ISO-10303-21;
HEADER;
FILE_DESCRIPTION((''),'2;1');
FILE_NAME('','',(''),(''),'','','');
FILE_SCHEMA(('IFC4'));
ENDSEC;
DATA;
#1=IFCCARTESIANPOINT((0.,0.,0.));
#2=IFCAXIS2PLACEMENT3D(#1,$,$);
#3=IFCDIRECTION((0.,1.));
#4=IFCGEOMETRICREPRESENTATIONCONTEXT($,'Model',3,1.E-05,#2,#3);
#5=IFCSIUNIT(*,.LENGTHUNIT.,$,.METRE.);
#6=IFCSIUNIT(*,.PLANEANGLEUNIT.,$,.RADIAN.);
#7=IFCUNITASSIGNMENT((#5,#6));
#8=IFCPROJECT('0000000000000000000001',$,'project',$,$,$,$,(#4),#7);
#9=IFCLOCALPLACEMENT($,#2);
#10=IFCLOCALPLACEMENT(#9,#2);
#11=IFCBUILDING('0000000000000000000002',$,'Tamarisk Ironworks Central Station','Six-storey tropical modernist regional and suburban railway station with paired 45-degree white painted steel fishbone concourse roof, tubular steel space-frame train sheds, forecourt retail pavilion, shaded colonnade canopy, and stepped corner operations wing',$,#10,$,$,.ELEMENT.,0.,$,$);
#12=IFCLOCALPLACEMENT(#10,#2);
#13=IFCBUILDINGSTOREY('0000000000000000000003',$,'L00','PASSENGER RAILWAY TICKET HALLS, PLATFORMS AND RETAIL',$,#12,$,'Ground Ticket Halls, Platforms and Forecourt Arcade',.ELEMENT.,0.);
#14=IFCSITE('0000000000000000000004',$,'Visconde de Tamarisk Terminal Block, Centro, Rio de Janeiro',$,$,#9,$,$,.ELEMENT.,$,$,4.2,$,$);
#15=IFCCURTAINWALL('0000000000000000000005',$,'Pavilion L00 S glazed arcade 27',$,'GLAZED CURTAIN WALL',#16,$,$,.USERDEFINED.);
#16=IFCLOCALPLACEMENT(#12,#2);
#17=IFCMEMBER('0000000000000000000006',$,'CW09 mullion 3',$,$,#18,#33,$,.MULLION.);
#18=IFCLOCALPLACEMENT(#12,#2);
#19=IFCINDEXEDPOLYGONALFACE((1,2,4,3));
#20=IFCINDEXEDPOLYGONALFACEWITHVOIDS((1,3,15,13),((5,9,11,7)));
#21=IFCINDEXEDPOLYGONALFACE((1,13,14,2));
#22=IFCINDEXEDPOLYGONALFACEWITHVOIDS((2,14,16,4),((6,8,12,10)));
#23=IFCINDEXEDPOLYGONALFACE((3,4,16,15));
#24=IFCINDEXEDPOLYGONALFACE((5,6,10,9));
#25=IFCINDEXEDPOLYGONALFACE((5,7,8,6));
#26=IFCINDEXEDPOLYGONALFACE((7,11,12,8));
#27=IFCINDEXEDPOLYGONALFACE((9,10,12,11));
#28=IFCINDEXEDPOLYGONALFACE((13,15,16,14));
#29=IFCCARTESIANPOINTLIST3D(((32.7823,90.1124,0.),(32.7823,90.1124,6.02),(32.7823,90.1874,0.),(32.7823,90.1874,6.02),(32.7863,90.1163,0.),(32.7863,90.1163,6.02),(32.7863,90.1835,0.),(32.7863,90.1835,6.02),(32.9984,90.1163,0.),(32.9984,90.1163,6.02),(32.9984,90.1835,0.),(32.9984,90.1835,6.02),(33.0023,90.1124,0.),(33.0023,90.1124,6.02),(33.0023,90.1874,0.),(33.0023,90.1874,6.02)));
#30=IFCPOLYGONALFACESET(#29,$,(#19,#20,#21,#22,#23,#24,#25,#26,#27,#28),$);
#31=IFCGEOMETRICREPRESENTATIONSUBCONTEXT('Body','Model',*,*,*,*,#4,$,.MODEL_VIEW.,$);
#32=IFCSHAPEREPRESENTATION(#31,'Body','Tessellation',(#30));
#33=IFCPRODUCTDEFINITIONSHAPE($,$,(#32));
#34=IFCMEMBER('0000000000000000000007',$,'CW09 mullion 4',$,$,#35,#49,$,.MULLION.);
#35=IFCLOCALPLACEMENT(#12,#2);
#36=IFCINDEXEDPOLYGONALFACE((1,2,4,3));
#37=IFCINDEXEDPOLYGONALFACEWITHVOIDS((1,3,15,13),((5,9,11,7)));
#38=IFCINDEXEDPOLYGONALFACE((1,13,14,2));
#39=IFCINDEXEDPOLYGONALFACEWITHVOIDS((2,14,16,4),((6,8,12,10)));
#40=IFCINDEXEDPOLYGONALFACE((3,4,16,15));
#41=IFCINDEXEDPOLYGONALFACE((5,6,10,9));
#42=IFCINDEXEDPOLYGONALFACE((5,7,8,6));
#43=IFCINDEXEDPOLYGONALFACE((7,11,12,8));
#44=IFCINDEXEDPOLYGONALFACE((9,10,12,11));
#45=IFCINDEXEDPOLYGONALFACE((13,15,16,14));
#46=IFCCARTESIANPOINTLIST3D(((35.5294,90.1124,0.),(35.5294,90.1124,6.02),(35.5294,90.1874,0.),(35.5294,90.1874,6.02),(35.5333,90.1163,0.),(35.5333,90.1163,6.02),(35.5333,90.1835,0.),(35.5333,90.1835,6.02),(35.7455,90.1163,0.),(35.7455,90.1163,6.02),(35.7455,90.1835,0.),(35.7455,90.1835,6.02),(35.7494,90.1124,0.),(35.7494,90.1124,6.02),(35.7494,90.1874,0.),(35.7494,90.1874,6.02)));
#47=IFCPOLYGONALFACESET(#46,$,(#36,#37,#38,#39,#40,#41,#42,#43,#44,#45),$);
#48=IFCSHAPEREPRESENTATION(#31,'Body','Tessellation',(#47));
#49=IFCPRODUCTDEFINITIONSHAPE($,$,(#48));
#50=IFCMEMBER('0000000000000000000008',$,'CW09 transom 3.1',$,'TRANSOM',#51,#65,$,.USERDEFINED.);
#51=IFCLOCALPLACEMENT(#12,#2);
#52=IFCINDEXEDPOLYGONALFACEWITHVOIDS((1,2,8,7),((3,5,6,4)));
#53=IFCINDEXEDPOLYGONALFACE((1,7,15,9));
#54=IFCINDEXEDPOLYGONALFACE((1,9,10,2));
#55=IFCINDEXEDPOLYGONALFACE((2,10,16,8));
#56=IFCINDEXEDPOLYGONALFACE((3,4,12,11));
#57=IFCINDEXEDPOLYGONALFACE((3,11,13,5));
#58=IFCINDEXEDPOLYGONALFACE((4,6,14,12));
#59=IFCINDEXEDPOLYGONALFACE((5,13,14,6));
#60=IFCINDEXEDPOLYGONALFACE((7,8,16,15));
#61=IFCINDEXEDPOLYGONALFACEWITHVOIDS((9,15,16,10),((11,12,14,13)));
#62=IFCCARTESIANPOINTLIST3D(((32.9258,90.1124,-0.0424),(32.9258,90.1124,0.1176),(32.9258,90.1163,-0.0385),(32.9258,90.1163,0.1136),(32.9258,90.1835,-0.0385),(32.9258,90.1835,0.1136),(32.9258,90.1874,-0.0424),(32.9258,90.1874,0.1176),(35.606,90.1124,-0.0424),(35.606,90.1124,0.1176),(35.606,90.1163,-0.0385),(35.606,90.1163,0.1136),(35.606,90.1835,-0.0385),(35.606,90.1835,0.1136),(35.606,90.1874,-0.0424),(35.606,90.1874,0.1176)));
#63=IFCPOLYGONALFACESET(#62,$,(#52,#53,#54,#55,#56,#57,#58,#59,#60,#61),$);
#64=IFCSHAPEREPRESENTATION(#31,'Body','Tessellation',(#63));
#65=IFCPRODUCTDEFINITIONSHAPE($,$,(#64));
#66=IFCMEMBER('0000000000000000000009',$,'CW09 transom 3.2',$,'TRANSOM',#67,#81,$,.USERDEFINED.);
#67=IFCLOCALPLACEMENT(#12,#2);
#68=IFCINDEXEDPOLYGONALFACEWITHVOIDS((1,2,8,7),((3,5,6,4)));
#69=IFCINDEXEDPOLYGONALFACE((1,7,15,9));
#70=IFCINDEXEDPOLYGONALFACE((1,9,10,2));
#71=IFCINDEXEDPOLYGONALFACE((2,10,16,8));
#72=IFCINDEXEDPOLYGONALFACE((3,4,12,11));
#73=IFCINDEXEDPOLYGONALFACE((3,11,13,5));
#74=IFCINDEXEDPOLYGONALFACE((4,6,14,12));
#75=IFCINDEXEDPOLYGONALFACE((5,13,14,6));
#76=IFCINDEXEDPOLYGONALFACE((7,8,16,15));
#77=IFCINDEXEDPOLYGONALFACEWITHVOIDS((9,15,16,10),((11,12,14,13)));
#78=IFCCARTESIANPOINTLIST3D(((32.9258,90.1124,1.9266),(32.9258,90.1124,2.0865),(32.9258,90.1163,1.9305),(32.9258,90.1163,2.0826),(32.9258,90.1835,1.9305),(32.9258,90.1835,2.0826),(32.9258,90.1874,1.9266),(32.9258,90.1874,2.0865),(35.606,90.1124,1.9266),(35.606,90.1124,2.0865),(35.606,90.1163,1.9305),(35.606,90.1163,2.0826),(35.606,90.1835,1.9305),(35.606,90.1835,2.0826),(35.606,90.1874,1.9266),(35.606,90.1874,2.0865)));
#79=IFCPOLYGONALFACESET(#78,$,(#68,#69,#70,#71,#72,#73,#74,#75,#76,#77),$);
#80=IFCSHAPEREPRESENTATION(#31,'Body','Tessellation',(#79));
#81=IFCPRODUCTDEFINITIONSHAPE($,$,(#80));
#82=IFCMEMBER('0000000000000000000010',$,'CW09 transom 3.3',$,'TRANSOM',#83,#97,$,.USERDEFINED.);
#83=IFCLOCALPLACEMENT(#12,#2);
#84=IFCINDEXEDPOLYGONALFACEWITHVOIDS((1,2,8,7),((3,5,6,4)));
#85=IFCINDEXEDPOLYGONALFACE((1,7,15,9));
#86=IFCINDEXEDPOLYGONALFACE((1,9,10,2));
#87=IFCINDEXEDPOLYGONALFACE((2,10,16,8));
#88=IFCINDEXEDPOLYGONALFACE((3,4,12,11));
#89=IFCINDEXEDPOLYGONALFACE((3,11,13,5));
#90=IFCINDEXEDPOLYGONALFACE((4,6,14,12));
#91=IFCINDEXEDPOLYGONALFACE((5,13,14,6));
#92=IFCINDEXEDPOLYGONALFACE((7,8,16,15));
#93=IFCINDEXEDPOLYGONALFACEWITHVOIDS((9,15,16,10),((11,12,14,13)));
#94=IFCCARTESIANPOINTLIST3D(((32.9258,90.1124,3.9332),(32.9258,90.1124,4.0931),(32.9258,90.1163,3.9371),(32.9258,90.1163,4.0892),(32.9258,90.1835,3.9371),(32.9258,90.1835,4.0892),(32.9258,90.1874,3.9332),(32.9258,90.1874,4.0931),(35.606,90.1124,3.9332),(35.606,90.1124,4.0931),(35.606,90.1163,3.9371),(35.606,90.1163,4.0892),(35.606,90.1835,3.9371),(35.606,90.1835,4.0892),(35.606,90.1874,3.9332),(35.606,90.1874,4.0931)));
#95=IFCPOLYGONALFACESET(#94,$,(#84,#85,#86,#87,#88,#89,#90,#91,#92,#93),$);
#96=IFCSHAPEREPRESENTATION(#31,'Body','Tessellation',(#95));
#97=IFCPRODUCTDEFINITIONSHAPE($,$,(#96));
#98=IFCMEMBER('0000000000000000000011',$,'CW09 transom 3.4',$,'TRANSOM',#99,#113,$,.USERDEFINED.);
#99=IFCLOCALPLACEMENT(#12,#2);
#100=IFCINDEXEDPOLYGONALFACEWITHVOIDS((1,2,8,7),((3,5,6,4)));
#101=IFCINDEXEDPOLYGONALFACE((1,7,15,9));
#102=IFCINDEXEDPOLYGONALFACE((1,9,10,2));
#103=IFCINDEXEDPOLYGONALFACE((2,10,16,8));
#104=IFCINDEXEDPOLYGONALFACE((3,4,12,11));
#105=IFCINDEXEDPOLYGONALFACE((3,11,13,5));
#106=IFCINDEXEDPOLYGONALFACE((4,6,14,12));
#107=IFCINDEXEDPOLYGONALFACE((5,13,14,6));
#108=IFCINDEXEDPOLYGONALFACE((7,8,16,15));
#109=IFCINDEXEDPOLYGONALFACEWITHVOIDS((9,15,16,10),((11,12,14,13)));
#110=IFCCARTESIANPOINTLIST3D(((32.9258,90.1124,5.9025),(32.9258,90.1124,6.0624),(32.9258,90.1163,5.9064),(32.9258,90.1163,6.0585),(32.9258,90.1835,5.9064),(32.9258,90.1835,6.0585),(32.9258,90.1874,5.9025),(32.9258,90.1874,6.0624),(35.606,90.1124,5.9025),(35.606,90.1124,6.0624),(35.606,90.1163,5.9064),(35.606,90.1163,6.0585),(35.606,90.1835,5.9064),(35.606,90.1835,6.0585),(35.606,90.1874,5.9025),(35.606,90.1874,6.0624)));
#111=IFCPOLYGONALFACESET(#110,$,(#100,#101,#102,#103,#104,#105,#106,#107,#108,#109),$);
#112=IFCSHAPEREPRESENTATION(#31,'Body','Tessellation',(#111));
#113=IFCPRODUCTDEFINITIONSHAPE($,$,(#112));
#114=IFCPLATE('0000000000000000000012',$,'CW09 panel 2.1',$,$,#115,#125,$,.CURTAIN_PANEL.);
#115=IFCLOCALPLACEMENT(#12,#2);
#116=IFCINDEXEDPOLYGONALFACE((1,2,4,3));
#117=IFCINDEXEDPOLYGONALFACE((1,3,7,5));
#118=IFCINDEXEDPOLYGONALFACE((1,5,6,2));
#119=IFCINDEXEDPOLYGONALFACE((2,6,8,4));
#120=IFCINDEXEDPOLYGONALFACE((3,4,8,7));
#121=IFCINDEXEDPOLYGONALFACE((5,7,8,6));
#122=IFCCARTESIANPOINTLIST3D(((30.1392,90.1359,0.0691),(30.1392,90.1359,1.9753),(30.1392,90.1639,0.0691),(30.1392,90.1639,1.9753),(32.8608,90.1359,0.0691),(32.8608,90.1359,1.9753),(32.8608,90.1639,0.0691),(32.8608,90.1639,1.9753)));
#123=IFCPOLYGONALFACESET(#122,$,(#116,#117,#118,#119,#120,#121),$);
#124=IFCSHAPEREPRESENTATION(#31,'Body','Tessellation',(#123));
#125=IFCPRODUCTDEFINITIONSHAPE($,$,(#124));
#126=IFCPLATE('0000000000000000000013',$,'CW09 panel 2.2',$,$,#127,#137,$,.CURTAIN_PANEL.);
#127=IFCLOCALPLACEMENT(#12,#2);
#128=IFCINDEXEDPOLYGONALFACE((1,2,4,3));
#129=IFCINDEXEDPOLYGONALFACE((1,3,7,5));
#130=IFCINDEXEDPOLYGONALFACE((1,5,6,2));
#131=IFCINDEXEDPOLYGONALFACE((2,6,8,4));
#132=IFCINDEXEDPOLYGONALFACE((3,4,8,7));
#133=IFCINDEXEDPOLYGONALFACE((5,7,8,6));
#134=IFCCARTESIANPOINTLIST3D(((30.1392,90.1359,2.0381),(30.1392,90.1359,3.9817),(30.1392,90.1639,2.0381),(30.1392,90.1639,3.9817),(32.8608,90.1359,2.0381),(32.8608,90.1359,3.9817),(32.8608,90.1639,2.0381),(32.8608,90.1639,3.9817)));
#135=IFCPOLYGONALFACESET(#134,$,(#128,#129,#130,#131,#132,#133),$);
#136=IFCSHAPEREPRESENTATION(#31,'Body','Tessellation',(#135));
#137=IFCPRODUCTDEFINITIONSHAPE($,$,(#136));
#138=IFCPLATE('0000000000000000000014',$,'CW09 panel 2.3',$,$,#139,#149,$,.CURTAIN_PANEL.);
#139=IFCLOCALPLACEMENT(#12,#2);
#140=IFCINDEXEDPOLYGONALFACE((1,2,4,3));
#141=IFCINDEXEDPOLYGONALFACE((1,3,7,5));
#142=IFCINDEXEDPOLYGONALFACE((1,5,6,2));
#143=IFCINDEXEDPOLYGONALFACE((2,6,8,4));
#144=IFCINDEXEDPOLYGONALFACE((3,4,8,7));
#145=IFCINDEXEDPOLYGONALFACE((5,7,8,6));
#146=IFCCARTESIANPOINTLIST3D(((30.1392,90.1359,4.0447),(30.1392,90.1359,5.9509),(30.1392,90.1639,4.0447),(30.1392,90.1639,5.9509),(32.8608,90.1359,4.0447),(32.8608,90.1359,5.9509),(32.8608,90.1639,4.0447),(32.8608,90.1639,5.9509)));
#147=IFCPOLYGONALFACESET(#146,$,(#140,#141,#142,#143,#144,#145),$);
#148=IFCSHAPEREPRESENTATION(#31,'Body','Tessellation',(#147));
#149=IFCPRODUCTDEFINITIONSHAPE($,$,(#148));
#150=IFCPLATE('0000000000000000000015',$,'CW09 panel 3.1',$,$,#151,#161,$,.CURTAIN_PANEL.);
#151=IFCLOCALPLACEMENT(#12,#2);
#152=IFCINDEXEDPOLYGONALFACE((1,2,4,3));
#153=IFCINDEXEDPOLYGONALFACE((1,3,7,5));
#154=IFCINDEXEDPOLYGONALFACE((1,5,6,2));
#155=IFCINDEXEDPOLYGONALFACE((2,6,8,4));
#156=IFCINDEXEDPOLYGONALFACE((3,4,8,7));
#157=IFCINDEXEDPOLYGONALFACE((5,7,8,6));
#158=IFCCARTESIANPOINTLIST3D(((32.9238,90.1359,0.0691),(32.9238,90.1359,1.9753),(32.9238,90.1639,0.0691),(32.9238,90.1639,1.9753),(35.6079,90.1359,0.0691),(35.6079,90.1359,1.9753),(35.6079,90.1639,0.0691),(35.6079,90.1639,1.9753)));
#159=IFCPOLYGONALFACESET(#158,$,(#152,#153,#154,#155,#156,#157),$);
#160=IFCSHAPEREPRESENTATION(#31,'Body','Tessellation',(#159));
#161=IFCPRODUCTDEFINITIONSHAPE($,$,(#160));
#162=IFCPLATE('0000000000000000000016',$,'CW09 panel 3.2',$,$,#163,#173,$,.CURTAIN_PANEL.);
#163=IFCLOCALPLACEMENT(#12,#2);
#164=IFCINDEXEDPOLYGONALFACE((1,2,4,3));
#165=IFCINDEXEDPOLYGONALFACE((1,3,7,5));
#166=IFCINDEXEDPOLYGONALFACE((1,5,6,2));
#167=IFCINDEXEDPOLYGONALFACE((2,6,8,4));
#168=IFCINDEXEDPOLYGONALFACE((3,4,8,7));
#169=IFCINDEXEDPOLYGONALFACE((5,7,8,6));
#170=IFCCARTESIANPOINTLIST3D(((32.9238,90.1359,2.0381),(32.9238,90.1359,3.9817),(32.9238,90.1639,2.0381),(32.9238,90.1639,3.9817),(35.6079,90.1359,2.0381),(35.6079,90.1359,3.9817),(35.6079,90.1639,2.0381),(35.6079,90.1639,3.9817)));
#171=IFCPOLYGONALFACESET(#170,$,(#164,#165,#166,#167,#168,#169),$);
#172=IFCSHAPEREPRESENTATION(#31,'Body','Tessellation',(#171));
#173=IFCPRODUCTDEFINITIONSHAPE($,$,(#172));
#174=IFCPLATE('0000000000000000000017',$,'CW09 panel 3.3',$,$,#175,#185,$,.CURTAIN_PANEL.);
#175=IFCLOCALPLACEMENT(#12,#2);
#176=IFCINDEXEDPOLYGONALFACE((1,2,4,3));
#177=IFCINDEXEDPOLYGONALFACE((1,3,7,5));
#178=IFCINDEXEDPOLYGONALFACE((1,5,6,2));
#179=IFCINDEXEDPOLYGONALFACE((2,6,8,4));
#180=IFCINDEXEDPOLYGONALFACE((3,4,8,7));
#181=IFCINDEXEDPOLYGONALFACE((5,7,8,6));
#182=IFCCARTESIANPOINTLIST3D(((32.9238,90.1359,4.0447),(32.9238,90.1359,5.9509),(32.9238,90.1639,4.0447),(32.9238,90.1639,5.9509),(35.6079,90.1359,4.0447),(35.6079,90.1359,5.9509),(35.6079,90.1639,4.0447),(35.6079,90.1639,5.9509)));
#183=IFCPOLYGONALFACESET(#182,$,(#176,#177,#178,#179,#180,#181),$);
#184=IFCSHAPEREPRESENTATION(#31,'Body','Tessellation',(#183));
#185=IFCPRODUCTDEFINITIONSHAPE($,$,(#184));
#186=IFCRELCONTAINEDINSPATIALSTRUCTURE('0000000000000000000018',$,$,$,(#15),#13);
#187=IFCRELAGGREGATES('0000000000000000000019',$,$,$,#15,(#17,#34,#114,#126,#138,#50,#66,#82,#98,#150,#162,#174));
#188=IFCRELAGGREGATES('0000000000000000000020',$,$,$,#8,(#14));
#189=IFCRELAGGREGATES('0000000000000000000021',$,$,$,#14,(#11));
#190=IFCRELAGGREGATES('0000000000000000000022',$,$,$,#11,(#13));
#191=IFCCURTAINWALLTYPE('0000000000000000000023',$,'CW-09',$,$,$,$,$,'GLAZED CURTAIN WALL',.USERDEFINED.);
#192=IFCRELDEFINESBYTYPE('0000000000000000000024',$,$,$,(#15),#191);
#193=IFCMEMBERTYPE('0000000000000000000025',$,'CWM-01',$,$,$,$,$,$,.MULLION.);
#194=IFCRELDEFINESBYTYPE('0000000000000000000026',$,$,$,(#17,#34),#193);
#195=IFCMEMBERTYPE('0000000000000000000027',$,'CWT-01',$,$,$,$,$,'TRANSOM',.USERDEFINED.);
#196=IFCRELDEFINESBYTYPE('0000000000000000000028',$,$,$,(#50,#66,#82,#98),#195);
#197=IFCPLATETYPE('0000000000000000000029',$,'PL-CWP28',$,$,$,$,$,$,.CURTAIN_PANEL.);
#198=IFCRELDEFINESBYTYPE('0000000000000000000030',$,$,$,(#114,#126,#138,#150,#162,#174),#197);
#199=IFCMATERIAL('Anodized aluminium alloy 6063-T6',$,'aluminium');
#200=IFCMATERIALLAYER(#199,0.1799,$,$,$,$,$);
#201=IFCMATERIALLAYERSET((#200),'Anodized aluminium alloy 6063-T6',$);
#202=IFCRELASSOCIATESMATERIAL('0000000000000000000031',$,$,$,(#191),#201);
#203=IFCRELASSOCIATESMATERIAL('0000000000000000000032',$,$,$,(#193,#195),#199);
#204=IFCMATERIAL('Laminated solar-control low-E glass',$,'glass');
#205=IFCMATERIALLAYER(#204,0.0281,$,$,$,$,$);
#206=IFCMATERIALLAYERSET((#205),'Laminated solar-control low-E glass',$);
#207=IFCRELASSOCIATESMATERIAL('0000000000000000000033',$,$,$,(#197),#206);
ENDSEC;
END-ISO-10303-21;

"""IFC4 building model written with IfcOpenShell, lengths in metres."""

from ifc_helpers import new_model, si_unit, direction, frame, origin, origin_2d, place, context, subcontext, project, spatial, rectangle, hollow_rectangle, extrude, material, layer, layer_set, material_profile, profile_set, type_object, element, aggregate, save


model = new_model("IFC4")

# Units and contexts
model_context = context("Model", 3, precision=1e-05, world=origin(), true_north=direction((0.0, 1.0)))
body_context = subcontext(model_context, "Body", "Model", "MODEL_VIEW")
ifc_project = project(units=[si_unit("LENGTHUNIT", "METRE"), si_unit("PLANEANGLEUNIT", "RADIAN")], contexts=[model_context])

# Site, building, storey
site_placement = place(None, origin())
site = spatial("IfcSite", under=ifc_project, at=site_placement, Name="Visconde de Tamarisk Terminal Block, Centro, Rio de Janeiro", CompositionType="ELEMENT", RefElevation=4.2)
building_placement = place(site_placement, origin())
building = spatial("IfcBuilding", under=site, at=building_placement, Name="Tamarisk Ironworks Central Station", Description="Six-storey tropical modernist regional and suburban railway station with paired 45-degree white painted steel fishbone concourse roof, tubular steel space-frame train sheds, forecourt retail pavilion, shaded colonnade canopy, and stepped corner operations wing", CompositionType="ELEMENT", ElevationOfRefHeight=0.0)
storey_placement = place(building_placement, origin())
storey = spatial("IfcBuildingStorey", under=building, at=storey_placement, Name="L00", Description="PASSENGER RAILWAY TICKET HALLS, PLATFORMS AND RETAIL", LongName="Ground Ticket Halls, Platforms and Forecourt Arcade", CompositionType="ELEMENT", Elevation=0.0)

# Curtain wall, members, plates
ifc_material_1 = material(Name="Anodized aluminium alloy 6063-T6", Category="aluminium")
ifc_layer_1 = layer(ifc_material_1, 0.1799)
ifc_layer_set_1 = layer_set([ifc_layer_1], Name="Anodized aluminium alloy 6063-T6")
curtain_wall_type = type_object("IfcCurtainWallType", Name="CW-09", ElementType="GLAZED CURTAIN WALL", PredefinedType="USERDEFINED", material=ifc_layer_set_1)
curtain_wall_placement = place(storey_placement, origin())
curtain_wall = element("IfcCurtainWall", 1, at=curtain_wall_placement, inside=storey, type_object=curtain_wall_type, Name="Pavilion L00 S glazed arcade 27", ObjectType="GLAZED CURTAIN WALL", PredefinedType="USERDEFINED")
ifc_material_profile_1 = material_profile(ifc_material_1, hollow_rectangle(XDim=0.075, YDim=0.22, WallThickness=0.0039, at=origin_2d()), Name="ALUM 220x75")
ifc_profile_set_1 = profile_set([ifc_material_profile_1], Name="Anodized aluminium alloy 6063-T6")
member_type_1 = type_object("IfcMemberType", Name="CWM-01", PredefinedType="MULLION", material=ifc_profile_set_1)
member_1_placement = place(storey_placement, frame((32.8923, 90.1499, 0.0), z_axis=(0.0, 0.0, 1.0), x_axis=(0.0, 1.0, 0.0)))
member_1 = element("IfcMember", 2, at=member_1_placement, type_object=member_type_1, Name="CW09 mullion 3", PredefinedType="MULLION", context=body_context, shape_type="SweptSolid", body=[
    extrude(hollow_rectangle(XDim=0.075, YDim=0.22, WallThickness=0.0039, at=origin_2d()), origin(), (0.0, 0.0, 1.0), 6.02),
])
member_2_placement = place(storey_placement, frame((35.6394, 90.1499, 0.0), z_axis=(0.0, 0.0, 1.0), x_axis=(0.0, 1.0, 0.0)))
member_2 = element("IfcMember", 3, at=member_2_placement, type_object=member_type_1, Name="CW09 mullion 4", PredefinedType="MULLION", context=body_context, shape_type="SweptSolid", body=[
    extrude(hollow_rectangle(XDim=0.075, YDim=0.22, WallThickness=0.0039, at=origin_2d()), origin(), (0.0, 0.0, 1.0), 6.02),
])
ifc_material_profile_2 = material_profile(ifc_material_1, hollow_rectangle(XDim=0.075, YDim=0.1599, WallThickness=0.0039, at=origin_2d()), Name="ALUM 160x75")
ifc_profile_set_2 = profile_set([ifc_material_profile_2], Name="Anodized aluminium alloy 6063-T6")
member_type_2 = type_object("IfcMemberType", Name="CWT-01", ElementType="TRANSOM", PredefinedType="USERDEFINED", material=ifc_profile_set_2)
member_3_placement = place(storey_placement, frame((32.9258, 90.1499, 0.0376), z_axis=(1.0, 0.0, 0.0), x_axis=(0.0, 1.0, 0.0)))
member_3 = element("IfcMember", 4, at=member_3_placement, type_object=member_type_2, Name="CW09 transom 3.1", ObjectType="TRANSOM", PredefinedType="USERDEFINED", context=body_context, shape_type="SweptSolid", body=[
    extrude(hollow_rectangle(XDim=0.075, YDim=0.1599, WallThickness=0.0039, at=origin_2d()), origin(), (0.0, 0.0, 1.0), 2.6802),
])
member_4_placement = place(storey_placement, frame((32.9258, 90.1499, 2.0066), z_axis=(1.0, 0.0, 0.0), x_axis=(0.0, 1.0, 0.0)))
member_4 = element("IfcMember", 5, at=member_4_placement, type_object=member_type_2, Name="CW09 transom 3.2", ObjectType="TRANSOM", PredefinedType="USERDEFINED", context=body_context, shape_type="SweptSolid", body=[
    extrude(hollow_rectangle(XDim=0.075, YDim=0.1599, WallThickness=0.0039, at=origin_2d()), origin(), (0.0, 0.0, 1.0), 2.6802),
])
member_5_placement = place(storey_placement, frame((32.9258, 90.1499, 4.0132), z_axis=(1.0, 0.0, 0.0), x_axis=(0.0, 1.0, 0.0)))
member_5 = element("IfcMember", 6, at=member_5_placement, type_object=member_type_2, Name="CW09 transom 3.3", ObjectType="TRANSOM", PredefinedType="USERDEFINED", context=body_context, shape_type="SweptSolid", body=[
    extrude(hollow_rectangle(XDim=0.075, YDim=0.1599, WallThickness=0.0039, at=origin_2d()), origin(), (0.0, 0.0, 1.0), 2.6802),
])
member_6_placement = place(storey_placement, frame((32.9258, 90.1499, 5.9824), z_axis=(1.0, 0.0, 0.0), x_axis=(0.0, 1.0, 0.0)))
member_6 = element("IfcMember", 7, at=member_6_placement, type_object=member_type_2, Name="CW09 transom 3.4", ObjectType="TRANSOM", PredefinedType="USERDEFINED", context=body_context, shape_type="SweptSolid", body=[
    extrude(hollow_rectangle(XDim=0.075, YDim=0.1599, WallThickness=0.0039, at=origin_2d()), origin(), (0.0, 0.0, 1.0), 2.6802),
])
ifc_material_2 = material(Name="Laminated solar-control low-E glass", Category="glass")
ifc_layer_2 = layer(ifc_material_2, 0.0281)
ifc_layer_set_2 = layer_set([ifc_layer_2], Name="Laminated solar-control low-E glass")
plate_type = type_object("IfcPlateType", Name="PL-CWP28", PredefinedType="CURTAIN_PANEL", material=ifc_layer_set_2)
plate_1_placement = place(storey_placement, frame((31.5, 90.1499, 0.0691), z_axis=(0.0, 0.0, 1.0), x_axis=(1.0, 0.0, 0.0)))
plate_1 = element("IfcPlate", 8, at=plate_1_placement, type_object=plate_type, Name="CW09 panel 2.1", PredefinedType="CURTAIN_PANEL", context=body_context, shape_type="SweptSolid", body=[
    extrude(rectangle(XDim=2.7217, YDim=0.0281, at=origin_2d()), origin(), (0.0, 0.0, 1.0), 1.9062),
])
plate_2_placement = place(storey_placement, frame((31.5, 90.1499, 2.0381), z_axis=(0.0, 0.0, 1.0), x_axis=(1.0, 0.0, 0.0)))
plate_2 = element("IfcPlate", 9, at=plate_2_placement, type_object=plate_type, Name="CW09 panel 2.2", PredefinedType="CURTAIN_PANEL", context=body_context, shape_type="SweptSolid", body=[
    extrude(rectangle(XDim=2.7217, YDim=0.0281, at=origin_2d()), origin(), (0.0, 0.0, 1.0), 1.9436),
])
plate_3_placement = place(storey_placement, frame((31.5, 90.1499, 4.0447), z_axis=(0.0, 0.0, 1.0), x_axis=(1.0, 0.0, 0.0)))
plate_3 = element("IfcPlate", 10, at=plate_3_placement, type_object=plate_type, Name="CW09 panel 2.3", PredefinedType="CURTAIN_PANEL", context=body_context, shape_type="SweptSolid", body=[
    extrude(rectangle(XDim=2.7217, YDim=0.0281, at=origin_2d()), origin(), (0.0, 0.0, 1.0), 1.9062),
])
plate_4_placement = place(storey_placement, frame((34.2659, 90.1499, 0.0691), z_axis=(0.0, 0.0, 1.0), x_axis=(1.0, 0.0, 0.0)))
plate_4 = element("IfcPlate", 11, at=plate_4_placement, type_object=plate_type, Name="CW09 panel 3.1", PredefinedType="CURTAIN_PANEL", context=body_context, shape_type="SweptSolid", body=[
    extrude(rectangle(XDim=2.6841, YDim=0.0281, at=origin_2d()), origin(), (0.0, 0.0, 1.0), 1.9062),
])
plate_5_placement = place(storey_placement, frame((34.2659, 90.1499, 2.0381), z_axis=(0.0, 0.0, 1.0), x_axis=(1.0, 0.0, 0.0)))
plate_5 = element("IfcPlate", 12, at=plate_5_placement, type_object=plate_type, Name="CW09 panel 3.2", PredefinedType="CURTAIN_PANEL", context=body_context, shape_type="SweptSolid", body=[
    extrude(rectangle(XDim=2.6841, YDim=0.0281, at=origin_2d()), origin(), (0.0, 0.0, 1.0), 1.9436),
])
plate_6_placement = place(storey_placement, frame((34.2659, 90.1499, 4.0447), z_axis=(0.0, 0.0, 1.0), x_axis=(1.0, 0.0, 0.0)))
plate_6 = element("IfcPlate", 13, at=plate_6_placement, type_object=plate_type, Name="CW09 panel 3.3", PredefinedType="CURTAIN_PANEL", context=body_context, shape_type="SweptSolid", body=[
    extrude(rectangle(XDim=2.6841, YDim=0.0281, at=origin_2d()), origin(), (0.0, 0.0, 1.0), 1.9062),
])
aggregate(curtain_wall, [member_1, member_2, plate_1, plate_2, plate_3, member_3, member_4, member_5, member_6, plate_4, plate_5, plate_6])

save(model, "model.ifc")
